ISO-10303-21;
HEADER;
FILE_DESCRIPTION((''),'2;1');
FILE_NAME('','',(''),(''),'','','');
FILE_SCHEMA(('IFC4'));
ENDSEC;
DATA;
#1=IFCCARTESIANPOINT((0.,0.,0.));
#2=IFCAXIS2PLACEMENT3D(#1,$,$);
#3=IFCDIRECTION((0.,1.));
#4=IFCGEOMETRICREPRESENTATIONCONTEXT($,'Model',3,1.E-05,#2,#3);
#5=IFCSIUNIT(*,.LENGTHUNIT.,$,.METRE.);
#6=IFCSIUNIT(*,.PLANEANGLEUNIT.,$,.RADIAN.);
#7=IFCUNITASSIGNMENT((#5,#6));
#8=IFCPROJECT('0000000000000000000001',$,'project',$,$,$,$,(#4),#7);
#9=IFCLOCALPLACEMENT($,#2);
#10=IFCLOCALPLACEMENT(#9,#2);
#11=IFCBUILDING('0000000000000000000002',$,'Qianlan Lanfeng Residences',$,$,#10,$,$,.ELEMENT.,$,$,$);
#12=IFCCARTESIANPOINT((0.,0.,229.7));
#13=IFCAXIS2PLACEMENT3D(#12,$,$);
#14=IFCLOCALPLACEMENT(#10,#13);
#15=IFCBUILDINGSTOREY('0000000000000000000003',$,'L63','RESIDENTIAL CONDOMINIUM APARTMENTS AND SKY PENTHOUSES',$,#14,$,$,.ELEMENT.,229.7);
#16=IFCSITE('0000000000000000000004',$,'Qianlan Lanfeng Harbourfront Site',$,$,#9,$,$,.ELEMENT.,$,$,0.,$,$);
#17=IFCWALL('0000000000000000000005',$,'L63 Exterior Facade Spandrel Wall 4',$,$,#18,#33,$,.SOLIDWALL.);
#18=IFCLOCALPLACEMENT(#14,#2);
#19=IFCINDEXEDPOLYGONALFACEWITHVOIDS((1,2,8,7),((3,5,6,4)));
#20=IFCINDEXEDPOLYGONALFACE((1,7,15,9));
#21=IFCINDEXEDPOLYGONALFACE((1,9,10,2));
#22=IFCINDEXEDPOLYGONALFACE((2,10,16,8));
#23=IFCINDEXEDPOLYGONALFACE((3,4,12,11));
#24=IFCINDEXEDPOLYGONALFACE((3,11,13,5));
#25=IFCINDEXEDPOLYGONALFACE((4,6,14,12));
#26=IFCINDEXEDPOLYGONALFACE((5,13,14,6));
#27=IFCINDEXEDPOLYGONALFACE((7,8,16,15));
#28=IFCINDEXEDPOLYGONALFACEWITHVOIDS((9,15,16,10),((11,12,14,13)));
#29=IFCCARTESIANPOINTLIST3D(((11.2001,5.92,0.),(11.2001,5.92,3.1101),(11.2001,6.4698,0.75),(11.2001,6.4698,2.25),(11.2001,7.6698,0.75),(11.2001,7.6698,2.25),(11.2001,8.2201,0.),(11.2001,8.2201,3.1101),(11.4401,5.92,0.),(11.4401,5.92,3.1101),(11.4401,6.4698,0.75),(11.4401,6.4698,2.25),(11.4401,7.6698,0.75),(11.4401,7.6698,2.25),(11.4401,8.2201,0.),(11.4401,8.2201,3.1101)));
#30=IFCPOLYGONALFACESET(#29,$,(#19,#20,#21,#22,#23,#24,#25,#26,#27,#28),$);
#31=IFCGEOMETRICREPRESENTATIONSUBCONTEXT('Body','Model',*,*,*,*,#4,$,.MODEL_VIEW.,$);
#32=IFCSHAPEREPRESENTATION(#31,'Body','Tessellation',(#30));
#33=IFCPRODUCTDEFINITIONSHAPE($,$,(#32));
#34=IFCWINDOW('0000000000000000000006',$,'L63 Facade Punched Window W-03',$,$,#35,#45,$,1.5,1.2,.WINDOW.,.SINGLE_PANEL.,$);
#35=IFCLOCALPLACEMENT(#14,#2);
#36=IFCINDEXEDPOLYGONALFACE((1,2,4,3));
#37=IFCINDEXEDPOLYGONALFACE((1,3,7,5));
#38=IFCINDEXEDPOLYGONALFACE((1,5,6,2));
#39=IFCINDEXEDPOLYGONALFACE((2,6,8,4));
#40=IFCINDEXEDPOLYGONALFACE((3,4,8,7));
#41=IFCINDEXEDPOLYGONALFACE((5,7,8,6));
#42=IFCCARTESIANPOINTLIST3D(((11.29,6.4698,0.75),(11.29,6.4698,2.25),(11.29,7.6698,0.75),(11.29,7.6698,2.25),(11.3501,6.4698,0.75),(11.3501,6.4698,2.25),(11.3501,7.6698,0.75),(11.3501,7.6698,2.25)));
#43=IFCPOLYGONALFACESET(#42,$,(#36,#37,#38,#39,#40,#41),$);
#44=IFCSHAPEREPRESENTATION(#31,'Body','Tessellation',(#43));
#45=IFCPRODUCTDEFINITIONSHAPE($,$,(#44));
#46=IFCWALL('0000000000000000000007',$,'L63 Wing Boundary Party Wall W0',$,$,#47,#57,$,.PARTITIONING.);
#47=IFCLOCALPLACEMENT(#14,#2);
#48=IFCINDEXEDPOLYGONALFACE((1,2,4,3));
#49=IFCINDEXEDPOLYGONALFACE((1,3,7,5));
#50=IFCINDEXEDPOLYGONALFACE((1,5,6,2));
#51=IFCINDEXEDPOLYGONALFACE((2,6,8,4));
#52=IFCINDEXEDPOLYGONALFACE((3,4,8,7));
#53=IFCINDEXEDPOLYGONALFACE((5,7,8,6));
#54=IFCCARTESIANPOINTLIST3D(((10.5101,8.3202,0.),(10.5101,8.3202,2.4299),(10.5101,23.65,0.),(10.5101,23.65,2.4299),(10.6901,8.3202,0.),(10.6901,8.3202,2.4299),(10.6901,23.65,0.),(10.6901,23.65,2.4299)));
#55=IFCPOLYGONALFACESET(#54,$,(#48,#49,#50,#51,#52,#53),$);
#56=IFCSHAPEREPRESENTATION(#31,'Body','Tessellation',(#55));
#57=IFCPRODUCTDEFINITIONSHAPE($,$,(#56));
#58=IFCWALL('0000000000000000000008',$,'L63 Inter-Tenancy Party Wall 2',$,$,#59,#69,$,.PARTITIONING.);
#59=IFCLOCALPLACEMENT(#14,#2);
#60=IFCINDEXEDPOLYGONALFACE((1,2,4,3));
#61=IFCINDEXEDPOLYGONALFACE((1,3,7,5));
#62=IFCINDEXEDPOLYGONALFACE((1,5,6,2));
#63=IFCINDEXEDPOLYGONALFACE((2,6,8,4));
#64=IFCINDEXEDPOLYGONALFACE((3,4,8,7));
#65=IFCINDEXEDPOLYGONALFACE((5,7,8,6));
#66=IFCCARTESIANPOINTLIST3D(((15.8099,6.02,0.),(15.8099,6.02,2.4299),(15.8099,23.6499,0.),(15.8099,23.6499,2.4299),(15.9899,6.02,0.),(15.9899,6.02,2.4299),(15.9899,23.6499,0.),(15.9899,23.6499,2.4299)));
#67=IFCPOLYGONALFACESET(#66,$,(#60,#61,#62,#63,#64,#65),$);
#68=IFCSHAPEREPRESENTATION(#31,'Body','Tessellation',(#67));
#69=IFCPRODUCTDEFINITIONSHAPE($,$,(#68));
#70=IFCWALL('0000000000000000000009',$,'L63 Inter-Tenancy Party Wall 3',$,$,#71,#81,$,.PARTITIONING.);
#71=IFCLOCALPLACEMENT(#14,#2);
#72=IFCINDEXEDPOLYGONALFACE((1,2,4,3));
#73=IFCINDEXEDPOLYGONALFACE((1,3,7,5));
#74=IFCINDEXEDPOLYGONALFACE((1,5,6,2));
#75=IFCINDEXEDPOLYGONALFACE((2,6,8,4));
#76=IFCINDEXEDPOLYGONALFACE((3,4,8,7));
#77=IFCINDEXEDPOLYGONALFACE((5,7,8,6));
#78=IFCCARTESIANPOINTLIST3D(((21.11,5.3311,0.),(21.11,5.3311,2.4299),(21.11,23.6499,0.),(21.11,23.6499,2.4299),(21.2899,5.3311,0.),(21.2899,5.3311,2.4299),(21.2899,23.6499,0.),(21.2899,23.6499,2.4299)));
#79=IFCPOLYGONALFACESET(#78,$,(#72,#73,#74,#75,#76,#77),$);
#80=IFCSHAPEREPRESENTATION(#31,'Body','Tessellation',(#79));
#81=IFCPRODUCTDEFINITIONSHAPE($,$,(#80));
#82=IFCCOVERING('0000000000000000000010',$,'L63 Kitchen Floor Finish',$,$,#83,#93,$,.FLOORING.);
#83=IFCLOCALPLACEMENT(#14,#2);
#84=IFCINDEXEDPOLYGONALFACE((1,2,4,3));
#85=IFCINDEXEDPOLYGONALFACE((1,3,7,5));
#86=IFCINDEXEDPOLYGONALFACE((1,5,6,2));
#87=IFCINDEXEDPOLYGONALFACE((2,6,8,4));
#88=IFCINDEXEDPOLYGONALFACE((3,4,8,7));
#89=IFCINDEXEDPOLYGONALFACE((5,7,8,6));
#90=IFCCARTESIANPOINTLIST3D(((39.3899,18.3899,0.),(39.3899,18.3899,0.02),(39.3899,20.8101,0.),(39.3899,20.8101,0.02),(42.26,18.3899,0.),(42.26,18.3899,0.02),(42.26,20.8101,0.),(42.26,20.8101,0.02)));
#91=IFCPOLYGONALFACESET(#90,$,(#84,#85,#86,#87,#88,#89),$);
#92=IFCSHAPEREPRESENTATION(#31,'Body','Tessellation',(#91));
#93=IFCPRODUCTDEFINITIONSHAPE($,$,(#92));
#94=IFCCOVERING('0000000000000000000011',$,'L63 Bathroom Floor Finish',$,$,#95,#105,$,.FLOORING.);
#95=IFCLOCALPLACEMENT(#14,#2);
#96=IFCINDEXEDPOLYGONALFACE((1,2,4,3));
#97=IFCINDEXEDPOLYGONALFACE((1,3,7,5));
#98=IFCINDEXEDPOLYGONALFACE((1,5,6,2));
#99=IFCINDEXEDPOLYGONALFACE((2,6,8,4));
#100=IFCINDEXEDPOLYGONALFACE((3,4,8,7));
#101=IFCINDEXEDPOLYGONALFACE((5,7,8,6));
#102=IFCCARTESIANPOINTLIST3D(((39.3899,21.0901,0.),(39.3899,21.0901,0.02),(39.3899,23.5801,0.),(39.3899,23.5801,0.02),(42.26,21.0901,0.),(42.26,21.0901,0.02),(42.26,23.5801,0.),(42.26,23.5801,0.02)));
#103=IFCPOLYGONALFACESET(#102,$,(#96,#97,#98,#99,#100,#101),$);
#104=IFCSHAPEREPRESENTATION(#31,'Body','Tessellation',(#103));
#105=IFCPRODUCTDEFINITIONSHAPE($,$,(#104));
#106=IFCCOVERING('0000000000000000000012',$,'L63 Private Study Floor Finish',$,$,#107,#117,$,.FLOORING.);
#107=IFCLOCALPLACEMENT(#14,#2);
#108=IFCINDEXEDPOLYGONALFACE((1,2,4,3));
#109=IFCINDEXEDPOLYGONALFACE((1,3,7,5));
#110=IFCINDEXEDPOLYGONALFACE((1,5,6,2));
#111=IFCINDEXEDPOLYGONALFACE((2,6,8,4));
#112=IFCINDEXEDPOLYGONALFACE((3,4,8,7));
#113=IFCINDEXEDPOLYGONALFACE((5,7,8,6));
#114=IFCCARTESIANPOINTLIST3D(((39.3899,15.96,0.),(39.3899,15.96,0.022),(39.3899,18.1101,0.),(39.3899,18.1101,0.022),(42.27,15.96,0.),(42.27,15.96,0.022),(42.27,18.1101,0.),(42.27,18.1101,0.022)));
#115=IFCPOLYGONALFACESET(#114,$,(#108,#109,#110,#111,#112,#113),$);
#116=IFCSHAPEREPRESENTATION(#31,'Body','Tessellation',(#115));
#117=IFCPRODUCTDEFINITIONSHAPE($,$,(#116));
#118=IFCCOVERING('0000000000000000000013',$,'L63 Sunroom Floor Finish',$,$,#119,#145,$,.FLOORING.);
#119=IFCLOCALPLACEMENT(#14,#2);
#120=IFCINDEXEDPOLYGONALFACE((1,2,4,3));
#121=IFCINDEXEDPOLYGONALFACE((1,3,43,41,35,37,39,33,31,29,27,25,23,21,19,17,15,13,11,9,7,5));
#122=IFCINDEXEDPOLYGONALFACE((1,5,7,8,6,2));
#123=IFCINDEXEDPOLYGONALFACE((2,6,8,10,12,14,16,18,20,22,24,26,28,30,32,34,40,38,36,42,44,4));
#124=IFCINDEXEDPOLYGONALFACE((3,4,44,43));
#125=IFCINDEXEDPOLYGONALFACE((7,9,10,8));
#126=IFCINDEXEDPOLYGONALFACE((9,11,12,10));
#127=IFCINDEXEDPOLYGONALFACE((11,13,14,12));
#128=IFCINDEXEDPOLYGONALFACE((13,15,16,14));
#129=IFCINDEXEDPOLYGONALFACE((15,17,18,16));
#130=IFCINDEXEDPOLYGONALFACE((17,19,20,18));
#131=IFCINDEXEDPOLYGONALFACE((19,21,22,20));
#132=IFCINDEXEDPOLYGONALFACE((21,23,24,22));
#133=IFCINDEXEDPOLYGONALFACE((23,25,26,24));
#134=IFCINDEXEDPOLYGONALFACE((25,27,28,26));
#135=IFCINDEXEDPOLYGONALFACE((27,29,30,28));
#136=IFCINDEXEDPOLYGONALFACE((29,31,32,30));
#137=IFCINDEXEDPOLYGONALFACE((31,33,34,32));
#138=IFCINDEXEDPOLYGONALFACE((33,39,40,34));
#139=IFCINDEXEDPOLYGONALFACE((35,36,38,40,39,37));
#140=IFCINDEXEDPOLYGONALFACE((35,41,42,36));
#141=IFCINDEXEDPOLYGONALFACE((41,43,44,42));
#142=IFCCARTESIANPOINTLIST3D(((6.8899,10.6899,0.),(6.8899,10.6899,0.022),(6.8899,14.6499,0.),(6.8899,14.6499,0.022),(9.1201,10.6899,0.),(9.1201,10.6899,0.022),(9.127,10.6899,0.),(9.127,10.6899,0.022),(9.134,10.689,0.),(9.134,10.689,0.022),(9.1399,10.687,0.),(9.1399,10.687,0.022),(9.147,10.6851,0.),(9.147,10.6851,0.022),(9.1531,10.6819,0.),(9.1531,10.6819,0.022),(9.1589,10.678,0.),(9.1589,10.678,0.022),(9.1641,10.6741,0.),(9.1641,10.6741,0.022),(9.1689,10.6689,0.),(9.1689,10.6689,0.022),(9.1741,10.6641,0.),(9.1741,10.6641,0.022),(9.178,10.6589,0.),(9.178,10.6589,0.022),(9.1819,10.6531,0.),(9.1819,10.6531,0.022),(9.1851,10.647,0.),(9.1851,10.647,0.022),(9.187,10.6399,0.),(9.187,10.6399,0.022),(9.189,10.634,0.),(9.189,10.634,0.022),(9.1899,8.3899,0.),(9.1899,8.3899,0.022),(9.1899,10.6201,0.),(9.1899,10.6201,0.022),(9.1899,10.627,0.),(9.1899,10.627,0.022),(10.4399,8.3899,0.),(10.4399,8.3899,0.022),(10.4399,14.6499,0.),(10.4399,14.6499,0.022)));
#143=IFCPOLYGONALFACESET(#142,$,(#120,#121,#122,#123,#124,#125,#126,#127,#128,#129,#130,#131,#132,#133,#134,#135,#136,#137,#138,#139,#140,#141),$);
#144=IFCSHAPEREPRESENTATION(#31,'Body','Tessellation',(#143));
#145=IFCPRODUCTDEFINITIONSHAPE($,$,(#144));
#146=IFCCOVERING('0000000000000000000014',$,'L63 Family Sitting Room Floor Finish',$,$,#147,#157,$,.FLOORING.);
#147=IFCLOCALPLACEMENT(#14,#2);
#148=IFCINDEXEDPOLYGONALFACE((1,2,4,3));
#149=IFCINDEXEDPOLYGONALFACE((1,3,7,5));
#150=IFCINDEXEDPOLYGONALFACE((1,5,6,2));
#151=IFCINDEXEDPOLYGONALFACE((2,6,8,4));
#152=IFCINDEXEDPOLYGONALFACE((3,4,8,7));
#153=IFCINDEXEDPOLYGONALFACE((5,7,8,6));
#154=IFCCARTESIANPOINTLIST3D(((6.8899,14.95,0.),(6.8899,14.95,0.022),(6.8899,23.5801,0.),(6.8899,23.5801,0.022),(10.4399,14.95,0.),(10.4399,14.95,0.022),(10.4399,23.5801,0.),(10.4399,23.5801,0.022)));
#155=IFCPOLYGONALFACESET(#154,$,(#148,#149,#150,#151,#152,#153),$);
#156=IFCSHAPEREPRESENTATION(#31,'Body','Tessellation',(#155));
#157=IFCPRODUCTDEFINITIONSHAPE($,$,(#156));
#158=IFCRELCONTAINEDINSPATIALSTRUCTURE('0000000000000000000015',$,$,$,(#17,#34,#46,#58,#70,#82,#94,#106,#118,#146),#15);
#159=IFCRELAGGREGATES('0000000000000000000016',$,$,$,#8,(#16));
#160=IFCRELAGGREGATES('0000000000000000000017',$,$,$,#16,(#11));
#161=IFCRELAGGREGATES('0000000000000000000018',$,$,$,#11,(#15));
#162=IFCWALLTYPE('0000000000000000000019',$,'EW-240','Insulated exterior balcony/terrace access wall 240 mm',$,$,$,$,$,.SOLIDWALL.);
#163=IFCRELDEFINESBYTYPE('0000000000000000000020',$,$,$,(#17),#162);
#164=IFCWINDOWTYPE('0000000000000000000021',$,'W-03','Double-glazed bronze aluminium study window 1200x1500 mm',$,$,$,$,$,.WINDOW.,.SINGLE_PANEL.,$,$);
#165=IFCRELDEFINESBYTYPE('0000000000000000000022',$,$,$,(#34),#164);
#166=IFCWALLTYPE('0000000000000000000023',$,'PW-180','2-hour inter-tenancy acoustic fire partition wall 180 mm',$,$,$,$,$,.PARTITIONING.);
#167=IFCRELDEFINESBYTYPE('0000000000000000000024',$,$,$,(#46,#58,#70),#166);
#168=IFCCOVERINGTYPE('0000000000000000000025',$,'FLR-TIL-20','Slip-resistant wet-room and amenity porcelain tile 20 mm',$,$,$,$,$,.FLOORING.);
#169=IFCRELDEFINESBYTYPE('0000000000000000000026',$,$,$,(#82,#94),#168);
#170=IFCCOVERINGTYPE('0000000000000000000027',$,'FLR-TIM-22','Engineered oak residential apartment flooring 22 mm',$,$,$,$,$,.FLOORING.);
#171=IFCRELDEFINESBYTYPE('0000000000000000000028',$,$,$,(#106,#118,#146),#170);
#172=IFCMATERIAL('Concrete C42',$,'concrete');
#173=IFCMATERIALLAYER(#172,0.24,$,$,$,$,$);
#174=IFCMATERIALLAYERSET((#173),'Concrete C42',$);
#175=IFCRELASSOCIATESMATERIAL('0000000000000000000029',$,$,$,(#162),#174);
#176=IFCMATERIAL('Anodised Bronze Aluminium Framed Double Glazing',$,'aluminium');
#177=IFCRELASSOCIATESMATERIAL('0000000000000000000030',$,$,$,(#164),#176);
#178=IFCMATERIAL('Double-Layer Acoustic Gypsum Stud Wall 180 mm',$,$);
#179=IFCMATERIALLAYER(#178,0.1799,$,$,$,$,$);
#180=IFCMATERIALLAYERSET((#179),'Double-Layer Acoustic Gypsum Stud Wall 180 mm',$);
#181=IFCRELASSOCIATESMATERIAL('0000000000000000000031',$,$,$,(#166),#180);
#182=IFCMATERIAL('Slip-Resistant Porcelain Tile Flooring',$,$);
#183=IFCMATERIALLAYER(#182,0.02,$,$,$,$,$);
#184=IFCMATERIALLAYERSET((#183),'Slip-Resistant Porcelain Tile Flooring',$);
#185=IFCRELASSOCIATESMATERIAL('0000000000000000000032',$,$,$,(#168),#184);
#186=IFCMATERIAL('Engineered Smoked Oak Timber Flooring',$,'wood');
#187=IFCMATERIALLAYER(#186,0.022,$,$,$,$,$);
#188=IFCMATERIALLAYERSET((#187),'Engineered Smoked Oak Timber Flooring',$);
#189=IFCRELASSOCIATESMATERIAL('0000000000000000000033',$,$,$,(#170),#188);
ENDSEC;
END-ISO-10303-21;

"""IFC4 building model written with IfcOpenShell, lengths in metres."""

from ifc_helpers import new_model, si_unit, direction, frame, frame_2d, origin, place, context, subcontext, project, spatial, polyline, rectangle, outline, extrude, material, layer, layer_set, type_object, element, fill, save


model = new_model("IFC4")

# Units and contexts
model_context = context("Model", 3, precision=1e-05, world=origin(), true_north=direction((0.0, 1.0)))
body_context = subcontext(model_context, "Body", "Model", "MODEL_VIEW")
ifc_project = project(units=[si_unit("LENGTHUNIT", "METRE"), si_unit("PLANEANGLEUNIT", "RADIAN")], contexts=[model_context])

# Site, building, storey
site_placement = place(None, origin())
site = spatial("IfcSite", under=ifc_project, at=site_placement, Name="Qianlan Lanfeng Harbourfront Site", CompositionType="ELEMENT", RefElevation=0.0)
building_placement = place(site_placement, origin())
building = spatial("IfcBuilding", under=site, at=building_placement, Name="Qianlan Lanfeng Residences", CompositionType="ELEMENT")
storey_placement = place(building_placement, frame((0.0, 0.0, 229.7)))
storey = spatial("IfcBuildingStorey", under=building, at=storey_placement, Name="L63", Description="RESIDENTIAL CONDOMINIUM APARTMENTS AND SKY PENTHOUSES", CompositionType="ELEMENT", Elevation=229.7)

# Shared definitions
ifc_material_1 = material(Name="Concrete C42", Category="concrete")
ifc_layer_1 = layer(ifc_material_1, 0.24)
ifc_layer_set_1 = layer_set([ifc_layer_1], Name="Concrete C42")
wall_type_1 = type_object("IfcWallType", Name="EW-240", Description="Insulated exterior balcony/terrace access wall 240 mm", PredefinedType="SOLIDWALL", material=ifc_layer_set_1)

# Wall, opening, window
wall_1_placement = place(storey_placement, frame((11.3201, 8.22, 0.0), z_axis=(0.0, 0.0, 1.0), x_axis=(0.0, -1.0, 0.0)))
wall_1 = element("IfcWall", 1, at=wall_1_placement, inside=storey, type_object=wall_type_1, Name="L63 Exterior Facade Spandrel Wall 4", PredefinedType="SOLIDWALL", context=body_context, shape_type="SweptSolid", body=[
    extrude(rectangle(XDim=2.3, YDim=0.24, at=frame_2d((1.1499, 0.0))), origin(), (0.0, 0.0, 1.0), 3.1101),
])
opening_placement = place(wall_1_placement, frame((0.55, 0.0, 0.75)))
opening = element("IfcOpeningElement", 2, at=opening_placement, cuts=wall_1, PredefinedType="OPENING", context=body_context, shape_type="SweptSolid", body=[
    extrude(rectangle(XDim=1.2, YDim=1.5, at=frame_2d((0.6001, 0.75))), frame((0.0, 0.1299, 0.0), z_axis=(0.0, -1.0, 0.0), x_axis=(1.0, 0.0, 0.0)), (0.0, 0.0, 1.0), 0.26),
])
ifc_material_2 = material(Name="Anodised Bronze Aluminium Framed Double Glazing", Category="aluminium")
window_type = type_object("IfcWindowType", Name="W-03", Description="Double-glazed bronze aluminium study window 1200x1500 mm", PartitioningType="SINGLE_PANEL", PredefinedType="WINDOW", material=ifc_material_2)
window_placement = place(opening_placement, origin())
window = element("IfcWindow", 3, at=window_placement, inside=storey, type_object=window_type, Name="L63 Facade Punched Window W-03", OverallHeight=1.5, OverallWidth=1.2, PartitioningType="SINGLE_PANEL", PredefinedType="WINDOW", context=body_context, shape_type="SweptSolid", body=[
    extrude(rectangle(XDim=1.2, YDim=1.5, at=frame_2d((0.6001, 0.75))), frame((0.0, 0.03, 0.0), z_axis=(0.0, -1.0, 0.0), x_axis=(1.0, 0.0, 0.0)), (0.0, 0.0, 1.0), 0.0601),
])
fill(opening, window)

# Walls
ifc_material_3 = material(Name="Double-Layer Acoustic Gypsum Stud Wall 180 mm")
ifc_layer_2 = layer(ifc_material_3, 0.1799)
ifc_layer_set_2 = layer_set([ifc_layer_2], Name="Double-Layer Acoustic Gypsum Stud Wall 180 mm")
wall_type_2 = type_object("IfcWallType", Name="PW-180", Description="2-hour inter-tenancy acoustic fire partition wall 180 mm", PredefinedType="PARTITIONING", material=ifc_layer_set_2)
wall_2_placement = place(storey_placement, frame((10.6001, 8.3201, 0.0), z_axis=(0.0, 0.0, 1.0), x_axis=(0.0, 1.0, 0.0)))
element("IfcWall", 4, at=wall_2_placement, inside=storey, type_object=wall_type_2, Name="L63 Wing Boundary Party Wall W0", PredefinedType="PARTITIONING", context=body_context, shape_type="SweptSolid", body=[
    extrude(rectangle(XDim=15.3298, YDim=0.1799, at=frame_2d((7.665, 0.0))), origin(), (0.0, 0.0, 1.0), 2.4299),
])
wall_3_placement = place(storey_placement, frame((15.8999, 6.02, 0.0), z_axis=(0.0, 0.0, 1.0), x_axis=(0.0, 1.0, 0.0)))
element("IfcWall", 5, at=wall_3_placement, inside=storey, type_object=wall_type_2, Name="L63 Inter-Tenancy Party Wall 2", PredefinedType="PARTITIONING", context=body_context, shape_type="SweptSolid", body=[
    extrude(rectangle(XDim=17.6299, YDim=0.1799, at=frame_2d((8.8149, 0.0))), origin(), (0.0, 0.0, 1.0), 2.4299),
])
wall_4_placement = place(storey_placement, frame((21.2, 5.3311, 0.0), z_axis=(0.0, 0.0, 1.0), x_axis=(0.0, 1.0, 0.0)))
element("IfcWall", 6, at=wall_4_placement, inside=storey, type_object=wall_type_2, Name="L63 Inter-Tenancy Party Wall 3", PredefinedType="PARTITIONING", context=body_context, shape_type="SweptSolid", body=[
    extrude(rectangle(XDim=18.3188, YDim=0.1799, at=frame_2d((9.1594, 0.0))), origin(), (0.0, 0.0, 1.0), 2.4299),
])

# Coverings
ifc_material_4 = material(Name="Slip-Resistant Porcelain Tile Flooring")
ifc_layer_3 = layer(ifc_material_4, 0.02)
ifc_layer_set_3 = layer_set([ifc_layer_3], Name="Slip-Resistant Porcelain Tile Flooring")
covering_type_1 = type_object("IfcCoveringType", Name="FLR-TIL-20", Description="Slip-resistant wet-room and amenity porcelain tile 20 mm", PredefinedType="FLOORING", material=ifc_layer_set_3)
covering_1_placement = place(storey_placement, origin())
element("IfcCovering", 7, at=covering_1_placement, inside=storey, type_object=covering_type_1, Name="L63 Kitchen Floor Finish", PredefinedType="FLOORING", context=body_context, shape_type="SweptSolid", body=[
    extrude(outline(polyline([(39.3899, 18.3899), (42.26, 18.3899), (42.26, 20.8101), (39.3899, 20.8101), (39.3899, 18.3899)])), origin(), (0.0, 0.0, 1.0), 0.02),
])
covering_2_placement = place(storey_placement, origin())
element("IfcCovering", 8, at=covering_2_placement, inside=storey, type_object=covering_type_1, Name="L63 Bathroom Floor Finish", PredefinedType="FLOORING", context=body_context, shape_type="SweptSolid", body=[
    extrude(outline(polyline([(39.3899, 21.0901), (42.26, 21.0901), (42.26, 23.5801), (39.3899, 23.5801), (39.3899, 21.0901)])), origin(), (0.0, 0.0, 1.0), 0.02),
])
ifc_material_5 = material(Name="Engineered Smoked Oak Timber Flooring", Category="wood")
ifc_layer_4 = layer(ifc_material_5, 0.022)
ifc_layer_set_4 = layer_set([ifc_layer_4], Name="Engineered Smoked Oak Timber Flooring")
covering_type_2 = type_object("IfcCoveringType", Name="FLR-TIM-22", Description="Engineered oak residential apartment flooring 22 mm", PredefinedType="FLOORING", material=ifc_layer_set_4)
covering_3_placement = place(storey_placement, origin())
element("IfcCovering", 9, at=covering_3_placement, inside=storey, type_object=covering_type_2, Name="L63 Private Study Floor Finish", PredefinedType="FLOORING", context=body_context, shape_type="SweptSolid", body=[
    extrude(outline(polyline([(39.3899, 18.1101), (39.3899, 15.96), (42.27, 15.96), (42.27, 18.1101), (39.3899, 18.1101)])), origin(), (0.0, 0.0, 1.0), 0.022),
])
covering_4_placement = place(storey_placement, origin())
element("IfcCovering", 10, at=covering_4_placement, inside=storey, type_object=covering_type_2, Name="L63 Sunroom Floor Finish", PredefinedType="FLOORING", context=body_context, shape_type="SweptSolid", body=[
    extrude(outline(polyline([(10.4399, 14.6499), (6.8899, 14.6499), (6.8899, 10.6899), (9.1201, 10.6899), (9.127, 10.6899), (9.134, 10.689), (9.1399, 10.687), (9.147, 10.6851), (9.1531, 10.6819), (9.1589, 10.678), (9.1641, 10.6741), (9.1689, 10.6689), (9.1741, 10.6641), (9.178, 10.6589), (9.1819, 10.6531), (9.1851, 10.647), (9.187, 10.6399), (9.189, 10.634), (9.1899, 10.627), (9.1899, 10.6201), (9.1899, 8.3899), (10.4399, 8.3899), (10.4399, 14.6499)])), origin(), (0.0, 0.0, 1.0), 0.022),
])
covering_5_placement = place(storey_placement, origin())
element("IfcCovering", 11, at=covering_5_placement, inside=storey, type_object=covering_type_2, Name="L63 Family Sitting Room Floor Finish", PredefinedType="FLOORING", context=body_context, shape_type="SweptSolid", body=[
    extrude(outline(polyline([(10.4399, 23.5801), (6.8899, 23.5801), (6.8899, 14.95), (10.4399, 14.95), (10.4399, 23.5801)])), origin(), (0.0, 0.0, 1.0), 0.022),
])

save(model, "model.ifc")
